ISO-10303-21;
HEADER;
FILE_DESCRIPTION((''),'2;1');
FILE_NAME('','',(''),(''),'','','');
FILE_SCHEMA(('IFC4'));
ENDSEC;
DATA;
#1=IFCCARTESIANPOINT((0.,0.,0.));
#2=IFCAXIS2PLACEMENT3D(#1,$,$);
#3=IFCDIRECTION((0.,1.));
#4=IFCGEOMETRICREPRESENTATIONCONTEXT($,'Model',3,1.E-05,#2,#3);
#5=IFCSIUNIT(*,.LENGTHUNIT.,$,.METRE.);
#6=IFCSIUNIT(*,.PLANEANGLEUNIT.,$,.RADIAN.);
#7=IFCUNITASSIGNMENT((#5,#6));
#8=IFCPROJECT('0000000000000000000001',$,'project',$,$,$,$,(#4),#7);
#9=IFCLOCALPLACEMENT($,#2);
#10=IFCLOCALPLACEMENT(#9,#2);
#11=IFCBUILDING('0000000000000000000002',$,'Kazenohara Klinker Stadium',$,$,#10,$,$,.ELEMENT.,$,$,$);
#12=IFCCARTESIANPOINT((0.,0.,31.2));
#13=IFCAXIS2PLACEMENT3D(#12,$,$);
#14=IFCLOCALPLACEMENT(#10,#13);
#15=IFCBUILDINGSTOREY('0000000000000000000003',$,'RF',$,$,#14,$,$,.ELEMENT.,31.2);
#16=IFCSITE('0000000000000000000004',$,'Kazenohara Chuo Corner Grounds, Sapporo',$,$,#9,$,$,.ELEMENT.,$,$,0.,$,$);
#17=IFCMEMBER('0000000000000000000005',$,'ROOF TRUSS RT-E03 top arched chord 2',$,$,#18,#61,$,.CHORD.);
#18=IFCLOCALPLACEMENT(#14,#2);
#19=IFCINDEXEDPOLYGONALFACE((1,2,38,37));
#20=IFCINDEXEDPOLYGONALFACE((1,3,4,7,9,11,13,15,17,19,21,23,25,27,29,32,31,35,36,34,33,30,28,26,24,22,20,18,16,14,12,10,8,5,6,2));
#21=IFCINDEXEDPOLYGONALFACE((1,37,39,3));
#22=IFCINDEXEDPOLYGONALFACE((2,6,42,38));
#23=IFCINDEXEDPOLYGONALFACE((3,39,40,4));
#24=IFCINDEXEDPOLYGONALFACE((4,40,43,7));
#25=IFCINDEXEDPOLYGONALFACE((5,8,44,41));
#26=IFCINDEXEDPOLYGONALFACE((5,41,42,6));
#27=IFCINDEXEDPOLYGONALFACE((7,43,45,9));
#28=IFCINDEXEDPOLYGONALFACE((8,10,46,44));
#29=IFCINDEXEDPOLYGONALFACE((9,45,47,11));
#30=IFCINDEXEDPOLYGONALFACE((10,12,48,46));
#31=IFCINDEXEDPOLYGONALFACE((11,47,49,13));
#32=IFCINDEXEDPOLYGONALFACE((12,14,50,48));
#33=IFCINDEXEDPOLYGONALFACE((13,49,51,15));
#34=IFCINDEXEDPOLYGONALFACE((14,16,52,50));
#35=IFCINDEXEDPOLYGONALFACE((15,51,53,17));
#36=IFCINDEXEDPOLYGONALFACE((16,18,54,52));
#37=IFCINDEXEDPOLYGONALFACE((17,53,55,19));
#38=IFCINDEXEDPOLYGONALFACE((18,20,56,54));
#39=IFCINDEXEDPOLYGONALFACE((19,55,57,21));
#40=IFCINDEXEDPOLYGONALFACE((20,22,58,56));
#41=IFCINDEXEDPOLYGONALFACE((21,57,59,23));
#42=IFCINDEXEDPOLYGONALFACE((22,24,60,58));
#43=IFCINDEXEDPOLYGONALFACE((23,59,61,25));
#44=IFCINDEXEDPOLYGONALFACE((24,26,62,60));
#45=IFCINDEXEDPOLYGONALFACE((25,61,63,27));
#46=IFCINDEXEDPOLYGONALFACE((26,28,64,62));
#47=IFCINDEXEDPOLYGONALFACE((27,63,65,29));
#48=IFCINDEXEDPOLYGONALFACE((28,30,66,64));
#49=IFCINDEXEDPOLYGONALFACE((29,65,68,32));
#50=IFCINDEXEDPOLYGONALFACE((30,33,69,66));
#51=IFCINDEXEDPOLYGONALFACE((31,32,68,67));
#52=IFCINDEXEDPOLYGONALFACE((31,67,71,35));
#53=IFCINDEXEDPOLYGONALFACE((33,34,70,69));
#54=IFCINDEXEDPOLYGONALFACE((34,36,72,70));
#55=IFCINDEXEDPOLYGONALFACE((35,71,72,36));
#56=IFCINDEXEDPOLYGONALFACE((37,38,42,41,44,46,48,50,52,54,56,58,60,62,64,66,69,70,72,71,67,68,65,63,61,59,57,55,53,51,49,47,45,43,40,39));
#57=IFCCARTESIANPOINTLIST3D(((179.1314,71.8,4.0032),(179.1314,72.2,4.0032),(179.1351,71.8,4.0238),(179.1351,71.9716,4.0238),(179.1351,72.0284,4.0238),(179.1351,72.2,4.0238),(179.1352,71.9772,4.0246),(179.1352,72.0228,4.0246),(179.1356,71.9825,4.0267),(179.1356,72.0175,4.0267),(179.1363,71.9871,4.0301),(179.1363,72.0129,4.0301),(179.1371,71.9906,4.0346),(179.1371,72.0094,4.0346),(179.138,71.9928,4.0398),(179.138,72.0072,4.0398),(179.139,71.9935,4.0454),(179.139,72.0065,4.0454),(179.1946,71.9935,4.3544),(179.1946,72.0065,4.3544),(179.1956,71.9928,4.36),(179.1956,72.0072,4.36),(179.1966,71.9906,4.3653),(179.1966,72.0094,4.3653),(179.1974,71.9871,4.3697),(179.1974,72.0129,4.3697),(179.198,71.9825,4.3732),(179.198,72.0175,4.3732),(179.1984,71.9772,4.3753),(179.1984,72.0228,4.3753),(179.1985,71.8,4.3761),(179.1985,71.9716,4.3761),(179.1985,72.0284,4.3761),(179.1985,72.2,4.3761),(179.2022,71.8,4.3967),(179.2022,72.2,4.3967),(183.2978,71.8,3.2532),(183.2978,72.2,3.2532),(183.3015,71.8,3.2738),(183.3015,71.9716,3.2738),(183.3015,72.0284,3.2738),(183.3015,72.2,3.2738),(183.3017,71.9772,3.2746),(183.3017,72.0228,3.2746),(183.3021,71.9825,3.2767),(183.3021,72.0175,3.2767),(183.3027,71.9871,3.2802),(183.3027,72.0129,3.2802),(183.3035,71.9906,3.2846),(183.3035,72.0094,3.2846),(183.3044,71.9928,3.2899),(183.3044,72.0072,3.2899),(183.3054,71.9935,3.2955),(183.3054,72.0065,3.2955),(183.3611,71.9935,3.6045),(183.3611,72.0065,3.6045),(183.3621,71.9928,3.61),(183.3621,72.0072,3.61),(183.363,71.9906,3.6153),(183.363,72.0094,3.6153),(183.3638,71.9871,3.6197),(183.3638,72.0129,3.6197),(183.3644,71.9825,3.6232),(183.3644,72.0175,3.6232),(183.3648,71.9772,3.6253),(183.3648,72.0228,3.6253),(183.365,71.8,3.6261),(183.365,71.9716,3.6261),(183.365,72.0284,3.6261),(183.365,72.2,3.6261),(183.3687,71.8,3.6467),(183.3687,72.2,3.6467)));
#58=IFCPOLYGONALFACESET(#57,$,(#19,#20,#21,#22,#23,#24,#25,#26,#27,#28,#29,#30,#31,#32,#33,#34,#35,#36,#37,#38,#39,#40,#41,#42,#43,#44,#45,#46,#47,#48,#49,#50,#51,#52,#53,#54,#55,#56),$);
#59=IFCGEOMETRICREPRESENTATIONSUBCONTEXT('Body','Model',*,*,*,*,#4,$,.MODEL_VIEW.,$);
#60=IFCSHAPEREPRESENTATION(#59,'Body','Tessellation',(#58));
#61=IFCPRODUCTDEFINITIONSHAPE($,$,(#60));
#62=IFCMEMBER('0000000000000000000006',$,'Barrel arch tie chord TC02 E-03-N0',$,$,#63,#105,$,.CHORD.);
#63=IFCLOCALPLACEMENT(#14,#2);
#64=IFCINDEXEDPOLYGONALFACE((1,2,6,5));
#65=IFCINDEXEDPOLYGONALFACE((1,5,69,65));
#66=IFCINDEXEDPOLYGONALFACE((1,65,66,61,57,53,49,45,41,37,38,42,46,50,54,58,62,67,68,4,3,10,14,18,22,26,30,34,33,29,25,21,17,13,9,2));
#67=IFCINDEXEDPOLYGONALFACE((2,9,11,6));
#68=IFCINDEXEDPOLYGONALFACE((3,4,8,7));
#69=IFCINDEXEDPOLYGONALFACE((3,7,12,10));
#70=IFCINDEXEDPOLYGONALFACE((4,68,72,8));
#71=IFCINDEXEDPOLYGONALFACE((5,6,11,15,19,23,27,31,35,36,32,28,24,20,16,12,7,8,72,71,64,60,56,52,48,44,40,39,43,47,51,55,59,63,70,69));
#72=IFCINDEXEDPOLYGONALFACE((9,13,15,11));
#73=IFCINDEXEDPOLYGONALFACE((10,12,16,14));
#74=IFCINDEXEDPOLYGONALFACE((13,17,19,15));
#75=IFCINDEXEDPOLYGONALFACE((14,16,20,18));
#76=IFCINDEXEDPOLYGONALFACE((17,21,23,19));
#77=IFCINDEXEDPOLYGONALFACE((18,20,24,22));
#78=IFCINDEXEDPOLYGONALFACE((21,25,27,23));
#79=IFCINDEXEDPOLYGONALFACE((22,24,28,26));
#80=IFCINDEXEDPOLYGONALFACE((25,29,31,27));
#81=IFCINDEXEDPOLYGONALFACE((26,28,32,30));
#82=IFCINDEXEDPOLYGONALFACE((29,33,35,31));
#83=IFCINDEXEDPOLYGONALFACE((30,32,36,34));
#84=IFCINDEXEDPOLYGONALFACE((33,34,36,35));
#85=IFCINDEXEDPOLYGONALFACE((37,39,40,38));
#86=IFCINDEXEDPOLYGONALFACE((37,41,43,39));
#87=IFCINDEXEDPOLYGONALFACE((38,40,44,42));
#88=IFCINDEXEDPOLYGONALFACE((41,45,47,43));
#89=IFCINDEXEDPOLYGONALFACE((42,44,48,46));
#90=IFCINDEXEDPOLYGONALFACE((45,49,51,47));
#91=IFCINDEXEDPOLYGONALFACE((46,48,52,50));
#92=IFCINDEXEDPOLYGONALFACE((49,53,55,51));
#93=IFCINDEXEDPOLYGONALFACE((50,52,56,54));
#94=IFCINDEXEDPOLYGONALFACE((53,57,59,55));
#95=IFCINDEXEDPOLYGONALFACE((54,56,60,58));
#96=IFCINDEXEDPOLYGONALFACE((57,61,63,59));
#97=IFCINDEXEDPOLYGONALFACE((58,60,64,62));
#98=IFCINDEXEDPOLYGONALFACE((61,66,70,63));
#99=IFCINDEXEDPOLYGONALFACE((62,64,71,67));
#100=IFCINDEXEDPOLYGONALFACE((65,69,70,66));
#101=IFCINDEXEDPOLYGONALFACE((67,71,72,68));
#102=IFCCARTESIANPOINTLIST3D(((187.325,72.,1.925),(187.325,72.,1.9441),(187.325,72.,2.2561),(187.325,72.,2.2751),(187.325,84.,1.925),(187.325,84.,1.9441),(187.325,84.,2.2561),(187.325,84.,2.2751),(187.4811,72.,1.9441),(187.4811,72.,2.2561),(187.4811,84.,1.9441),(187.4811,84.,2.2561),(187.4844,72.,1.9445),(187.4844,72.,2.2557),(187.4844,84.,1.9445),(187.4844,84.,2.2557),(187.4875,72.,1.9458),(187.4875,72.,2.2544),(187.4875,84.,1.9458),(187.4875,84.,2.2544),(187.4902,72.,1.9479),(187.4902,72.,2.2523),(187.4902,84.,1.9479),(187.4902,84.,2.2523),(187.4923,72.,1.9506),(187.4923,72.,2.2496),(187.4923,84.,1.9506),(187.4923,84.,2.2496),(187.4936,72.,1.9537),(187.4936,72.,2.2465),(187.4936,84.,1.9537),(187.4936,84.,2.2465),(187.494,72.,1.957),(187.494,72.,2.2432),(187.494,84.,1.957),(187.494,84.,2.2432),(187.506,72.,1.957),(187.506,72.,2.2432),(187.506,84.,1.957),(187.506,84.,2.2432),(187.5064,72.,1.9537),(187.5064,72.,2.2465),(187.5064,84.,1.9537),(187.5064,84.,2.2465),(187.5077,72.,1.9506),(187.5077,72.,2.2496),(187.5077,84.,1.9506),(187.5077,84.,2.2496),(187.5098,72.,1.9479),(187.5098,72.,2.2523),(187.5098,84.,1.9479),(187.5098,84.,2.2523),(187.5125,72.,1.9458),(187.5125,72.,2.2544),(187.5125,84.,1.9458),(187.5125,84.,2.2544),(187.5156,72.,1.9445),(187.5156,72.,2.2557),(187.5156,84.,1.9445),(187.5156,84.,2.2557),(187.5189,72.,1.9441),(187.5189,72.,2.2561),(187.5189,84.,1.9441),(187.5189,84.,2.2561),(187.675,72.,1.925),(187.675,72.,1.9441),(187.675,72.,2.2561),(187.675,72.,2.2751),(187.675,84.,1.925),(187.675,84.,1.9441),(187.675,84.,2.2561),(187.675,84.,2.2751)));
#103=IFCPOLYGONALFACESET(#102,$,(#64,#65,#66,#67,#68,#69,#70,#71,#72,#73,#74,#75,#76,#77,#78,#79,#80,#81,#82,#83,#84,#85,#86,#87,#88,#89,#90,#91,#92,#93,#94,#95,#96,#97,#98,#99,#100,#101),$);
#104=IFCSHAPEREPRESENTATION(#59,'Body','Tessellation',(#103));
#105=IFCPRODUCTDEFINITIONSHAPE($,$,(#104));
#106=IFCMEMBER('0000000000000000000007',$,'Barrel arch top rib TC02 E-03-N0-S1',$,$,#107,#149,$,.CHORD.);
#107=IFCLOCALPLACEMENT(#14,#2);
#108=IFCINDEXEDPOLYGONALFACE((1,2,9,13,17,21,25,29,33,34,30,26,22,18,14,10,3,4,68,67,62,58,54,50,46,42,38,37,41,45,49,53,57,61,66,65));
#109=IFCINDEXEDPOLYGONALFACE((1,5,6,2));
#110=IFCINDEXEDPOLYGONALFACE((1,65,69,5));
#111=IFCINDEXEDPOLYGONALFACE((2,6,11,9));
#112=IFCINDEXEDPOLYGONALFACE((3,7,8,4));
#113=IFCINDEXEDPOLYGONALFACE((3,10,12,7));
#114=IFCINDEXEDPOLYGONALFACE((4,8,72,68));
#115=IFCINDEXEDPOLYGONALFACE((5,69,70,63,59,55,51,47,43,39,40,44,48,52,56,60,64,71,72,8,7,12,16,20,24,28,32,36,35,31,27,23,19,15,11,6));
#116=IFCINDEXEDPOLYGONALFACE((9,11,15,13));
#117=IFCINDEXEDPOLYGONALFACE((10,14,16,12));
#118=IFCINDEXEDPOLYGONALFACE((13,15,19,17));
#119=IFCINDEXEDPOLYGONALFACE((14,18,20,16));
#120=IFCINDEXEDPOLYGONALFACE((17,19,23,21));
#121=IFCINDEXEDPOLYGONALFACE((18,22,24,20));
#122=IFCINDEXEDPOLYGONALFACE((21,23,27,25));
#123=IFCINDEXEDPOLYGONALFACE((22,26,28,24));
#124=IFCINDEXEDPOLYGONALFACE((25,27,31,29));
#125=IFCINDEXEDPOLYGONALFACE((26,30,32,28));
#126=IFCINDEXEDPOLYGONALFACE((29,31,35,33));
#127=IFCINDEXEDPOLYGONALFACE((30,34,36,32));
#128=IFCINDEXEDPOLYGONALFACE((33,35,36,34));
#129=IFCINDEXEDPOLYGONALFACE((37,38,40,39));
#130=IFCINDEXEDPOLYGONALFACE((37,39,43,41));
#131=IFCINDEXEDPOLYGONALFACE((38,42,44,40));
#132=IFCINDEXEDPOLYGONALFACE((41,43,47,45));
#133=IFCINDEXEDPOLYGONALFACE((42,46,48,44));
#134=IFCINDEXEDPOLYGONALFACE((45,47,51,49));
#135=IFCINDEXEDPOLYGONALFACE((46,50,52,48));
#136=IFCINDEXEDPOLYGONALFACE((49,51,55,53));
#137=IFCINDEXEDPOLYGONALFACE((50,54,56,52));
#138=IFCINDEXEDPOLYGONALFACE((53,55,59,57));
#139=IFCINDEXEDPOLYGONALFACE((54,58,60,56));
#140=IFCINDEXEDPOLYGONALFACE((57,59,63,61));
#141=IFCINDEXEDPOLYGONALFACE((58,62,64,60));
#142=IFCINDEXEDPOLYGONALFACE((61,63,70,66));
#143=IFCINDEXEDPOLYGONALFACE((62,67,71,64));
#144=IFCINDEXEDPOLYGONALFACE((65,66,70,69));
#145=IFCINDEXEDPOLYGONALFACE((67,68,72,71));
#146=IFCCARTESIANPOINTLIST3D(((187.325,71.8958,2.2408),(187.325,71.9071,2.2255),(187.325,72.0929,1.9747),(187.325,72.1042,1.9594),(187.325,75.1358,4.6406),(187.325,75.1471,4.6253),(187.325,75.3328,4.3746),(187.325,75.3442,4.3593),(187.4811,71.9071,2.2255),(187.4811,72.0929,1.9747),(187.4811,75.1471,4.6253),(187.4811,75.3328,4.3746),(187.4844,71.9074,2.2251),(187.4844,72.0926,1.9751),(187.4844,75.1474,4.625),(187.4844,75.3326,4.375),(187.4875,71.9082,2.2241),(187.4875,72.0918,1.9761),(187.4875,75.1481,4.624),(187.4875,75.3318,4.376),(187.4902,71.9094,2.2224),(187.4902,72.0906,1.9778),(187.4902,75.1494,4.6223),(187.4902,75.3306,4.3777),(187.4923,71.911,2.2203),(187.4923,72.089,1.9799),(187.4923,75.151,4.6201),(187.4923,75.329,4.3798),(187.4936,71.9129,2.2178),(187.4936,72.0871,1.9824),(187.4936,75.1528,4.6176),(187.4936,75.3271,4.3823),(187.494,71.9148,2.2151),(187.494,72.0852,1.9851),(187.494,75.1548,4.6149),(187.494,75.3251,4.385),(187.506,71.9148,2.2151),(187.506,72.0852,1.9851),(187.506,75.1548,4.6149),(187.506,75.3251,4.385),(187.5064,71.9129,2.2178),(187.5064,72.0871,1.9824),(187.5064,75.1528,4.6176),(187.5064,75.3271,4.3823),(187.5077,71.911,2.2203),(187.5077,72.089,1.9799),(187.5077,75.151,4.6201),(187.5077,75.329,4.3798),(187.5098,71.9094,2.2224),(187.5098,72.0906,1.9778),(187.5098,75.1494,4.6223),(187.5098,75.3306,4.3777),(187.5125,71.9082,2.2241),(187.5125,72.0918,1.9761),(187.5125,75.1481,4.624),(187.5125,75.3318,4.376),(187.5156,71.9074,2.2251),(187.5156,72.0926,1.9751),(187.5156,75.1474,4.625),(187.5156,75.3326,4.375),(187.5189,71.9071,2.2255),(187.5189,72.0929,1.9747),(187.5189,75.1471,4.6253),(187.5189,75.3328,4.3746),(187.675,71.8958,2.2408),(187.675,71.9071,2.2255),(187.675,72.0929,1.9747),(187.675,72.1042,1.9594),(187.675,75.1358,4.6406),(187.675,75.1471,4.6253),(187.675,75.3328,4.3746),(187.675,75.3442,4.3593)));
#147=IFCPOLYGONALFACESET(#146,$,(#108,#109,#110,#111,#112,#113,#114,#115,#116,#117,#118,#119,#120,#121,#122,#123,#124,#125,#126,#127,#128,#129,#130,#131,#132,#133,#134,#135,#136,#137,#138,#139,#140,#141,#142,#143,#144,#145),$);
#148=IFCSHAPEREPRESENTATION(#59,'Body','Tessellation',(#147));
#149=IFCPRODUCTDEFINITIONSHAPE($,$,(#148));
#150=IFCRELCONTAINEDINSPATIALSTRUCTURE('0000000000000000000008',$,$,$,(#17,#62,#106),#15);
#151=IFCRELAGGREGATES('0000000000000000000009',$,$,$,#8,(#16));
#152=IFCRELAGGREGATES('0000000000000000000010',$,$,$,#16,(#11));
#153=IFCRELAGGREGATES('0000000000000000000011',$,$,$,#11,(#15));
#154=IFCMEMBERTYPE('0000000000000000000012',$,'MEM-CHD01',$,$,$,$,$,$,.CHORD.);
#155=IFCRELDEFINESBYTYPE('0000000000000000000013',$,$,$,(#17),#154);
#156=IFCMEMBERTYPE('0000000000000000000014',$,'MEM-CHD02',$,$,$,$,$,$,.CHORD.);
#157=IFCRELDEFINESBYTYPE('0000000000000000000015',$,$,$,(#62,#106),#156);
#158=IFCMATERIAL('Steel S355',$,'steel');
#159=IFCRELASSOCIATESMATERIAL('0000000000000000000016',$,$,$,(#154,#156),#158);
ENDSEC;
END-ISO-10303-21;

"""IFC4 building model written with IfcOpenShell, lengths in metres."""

from ifc_helpers import new_model, si_unit, direction, frame, origin, origin_2d, place, context, subcontext, project, spatial, i_section, extrude, material, material_profile, profile_set, type_object, element, save


model = new_model("IFC4")

# Units and contexts
model_context = context("Model", 3, precision=1e-05, world=origin(), true_north=direction((0.0, 1.0)))
body_context = subcontext(model_context, "Body", "Model", "MODEL_VIEW")
ifc_project = project(units=[si_unit("LENGTHUNIT", "METRE"), si_unit("PLANEANGLEUNIT", "RADIAN")], contexts=[model_context])

# Site, building, storey
site_placement = place(None, origin())
site = spatial("IfcSite", under=ifc_project, at=site_placement, Name="Kazenohara Chuo Corner Grounds, Sapporo", CompositionType="ELEMENT", RefElevation=0.0)
building_placement = place(site_placement, origin())
building = spatial("IfcBuilding", under=site, at=building_placement, Name="Kazenohara Klinker Stadium", CompositionType="ELEMENT")
storey_placement = place(building_placement, frame((0.0, 0.0, 31.2)))
storey = spatial("IfcBuildingStorey", under=building, at=storey_placement, Name="RF", CompositionType="ELEMENT", Elevation=31.2)

# Members
ifc_material_1 = material(Name="Steel S355", Category="steel")
ifc_material_profile_1 = material_profile(ifc_material_1, i_section(OverallWidth=0.3999, OverallDepth=0.3999, WebThickness=0.0129, FlangeThickness=0.021, FilletRadius=0.022, at=origin_2d()), Name="H-400x400x13x21")
ifc_profile_set_1 = profile_set([ifc_material_profile_1], Name="Steel S355")
member_type_1 = type_object("IfcMemberType", Name="MEM-CHD01", PredefinedType="CHORD", material=ifc_profile_set_1)
member_1_placement = place(storey_placement, frame((183.3333, 72.0, 3.45), z_axis=(-0.984182, 0.0, 0.17716), x_axis=(0.0, -1.0, 0.0)))
element("IfcMember", 1, at=member_1_placement, inside=storey, type_object=member_type_1, Name="ROOF TRUSS RT-E03 top arched chord 2", PredefinedType="CHORD", context=body_context, shape_type="SweptSolid", body=[
    extrude(i_section(OverallWidth=0.3999, OverallDepth=0.3999, WebThickness=0.0129, FlangeThickness=0.021, FilletRadius=0.022, at=origin_2d()), origin(), (0.0, 0.0, 1.0), 4.2334),
])
ifc_material_profile_2 = material_profile(ifc_material_1, i_section(OverallWidth=0.3501, OverallDepth=0.3501, WebThickness=0.012, FlangeThickness=0.019, FilletRadius=0.0129, at=origin_2d()), Name="H-350x350x12x19")
ifc_profile_set_2 = profile_set([ifc_material_profile_2], Name="Steel S355")
member_type_2 = type_object("IfcMemberType", Name="MEM-CHD02", PredefinedType="CHORD", material=ifc_profile_set_2)
member_2_placement = place(storey_placement, frame((187.5, 72.0, 2.1001), z_axis=(0.0, 1.0, 0.0), x_axis=(-1.0, 0.0, 0.0)))
element("IfcMember", 2, at=member_2_placement, inside=storey, type_object=member_type_2, Name="Barrel arch tie chord TC02 E-03-N0", PredefinedType="CHORD", context=body_context, shape_type="SweptSolid", body=[
    extrude(i_section(OverallWidth=0.3501, OverallDepth=0.3501, WebThickness=0.012, FlangeThickness=0.019, FilletRadius=0.0129, at=origin_2d()), origin(), (0.0, 0.0, 1.0), 12.0),
])
member_3_placement = place(storey_placement, frame((187.5, 72.0, 2.1001), z_axis=(0.0, 0.803568, 0.595213), x_axis=(-1.0, 0.0, 0.0)))
element("IfcMember", 3, at=member_3_placement, inside=storey, type_object=member_type_2, Name="Barrel arch top rib TC02 E-03-N0-S1", PredefinedType="CHORD", context=body_context, shape_type="SweptSolid", body=[
    extrude(i_section(OverallWidth=0.3501, OverallDepth=0.3501, WebThickness=0.012, FlangeThickness=0.019, FilletRadius=0.0129, at=origin_2d()), origin(), (0.0, 0.0, 1.0), 4.032),
])

save(model, "model.ifc")
